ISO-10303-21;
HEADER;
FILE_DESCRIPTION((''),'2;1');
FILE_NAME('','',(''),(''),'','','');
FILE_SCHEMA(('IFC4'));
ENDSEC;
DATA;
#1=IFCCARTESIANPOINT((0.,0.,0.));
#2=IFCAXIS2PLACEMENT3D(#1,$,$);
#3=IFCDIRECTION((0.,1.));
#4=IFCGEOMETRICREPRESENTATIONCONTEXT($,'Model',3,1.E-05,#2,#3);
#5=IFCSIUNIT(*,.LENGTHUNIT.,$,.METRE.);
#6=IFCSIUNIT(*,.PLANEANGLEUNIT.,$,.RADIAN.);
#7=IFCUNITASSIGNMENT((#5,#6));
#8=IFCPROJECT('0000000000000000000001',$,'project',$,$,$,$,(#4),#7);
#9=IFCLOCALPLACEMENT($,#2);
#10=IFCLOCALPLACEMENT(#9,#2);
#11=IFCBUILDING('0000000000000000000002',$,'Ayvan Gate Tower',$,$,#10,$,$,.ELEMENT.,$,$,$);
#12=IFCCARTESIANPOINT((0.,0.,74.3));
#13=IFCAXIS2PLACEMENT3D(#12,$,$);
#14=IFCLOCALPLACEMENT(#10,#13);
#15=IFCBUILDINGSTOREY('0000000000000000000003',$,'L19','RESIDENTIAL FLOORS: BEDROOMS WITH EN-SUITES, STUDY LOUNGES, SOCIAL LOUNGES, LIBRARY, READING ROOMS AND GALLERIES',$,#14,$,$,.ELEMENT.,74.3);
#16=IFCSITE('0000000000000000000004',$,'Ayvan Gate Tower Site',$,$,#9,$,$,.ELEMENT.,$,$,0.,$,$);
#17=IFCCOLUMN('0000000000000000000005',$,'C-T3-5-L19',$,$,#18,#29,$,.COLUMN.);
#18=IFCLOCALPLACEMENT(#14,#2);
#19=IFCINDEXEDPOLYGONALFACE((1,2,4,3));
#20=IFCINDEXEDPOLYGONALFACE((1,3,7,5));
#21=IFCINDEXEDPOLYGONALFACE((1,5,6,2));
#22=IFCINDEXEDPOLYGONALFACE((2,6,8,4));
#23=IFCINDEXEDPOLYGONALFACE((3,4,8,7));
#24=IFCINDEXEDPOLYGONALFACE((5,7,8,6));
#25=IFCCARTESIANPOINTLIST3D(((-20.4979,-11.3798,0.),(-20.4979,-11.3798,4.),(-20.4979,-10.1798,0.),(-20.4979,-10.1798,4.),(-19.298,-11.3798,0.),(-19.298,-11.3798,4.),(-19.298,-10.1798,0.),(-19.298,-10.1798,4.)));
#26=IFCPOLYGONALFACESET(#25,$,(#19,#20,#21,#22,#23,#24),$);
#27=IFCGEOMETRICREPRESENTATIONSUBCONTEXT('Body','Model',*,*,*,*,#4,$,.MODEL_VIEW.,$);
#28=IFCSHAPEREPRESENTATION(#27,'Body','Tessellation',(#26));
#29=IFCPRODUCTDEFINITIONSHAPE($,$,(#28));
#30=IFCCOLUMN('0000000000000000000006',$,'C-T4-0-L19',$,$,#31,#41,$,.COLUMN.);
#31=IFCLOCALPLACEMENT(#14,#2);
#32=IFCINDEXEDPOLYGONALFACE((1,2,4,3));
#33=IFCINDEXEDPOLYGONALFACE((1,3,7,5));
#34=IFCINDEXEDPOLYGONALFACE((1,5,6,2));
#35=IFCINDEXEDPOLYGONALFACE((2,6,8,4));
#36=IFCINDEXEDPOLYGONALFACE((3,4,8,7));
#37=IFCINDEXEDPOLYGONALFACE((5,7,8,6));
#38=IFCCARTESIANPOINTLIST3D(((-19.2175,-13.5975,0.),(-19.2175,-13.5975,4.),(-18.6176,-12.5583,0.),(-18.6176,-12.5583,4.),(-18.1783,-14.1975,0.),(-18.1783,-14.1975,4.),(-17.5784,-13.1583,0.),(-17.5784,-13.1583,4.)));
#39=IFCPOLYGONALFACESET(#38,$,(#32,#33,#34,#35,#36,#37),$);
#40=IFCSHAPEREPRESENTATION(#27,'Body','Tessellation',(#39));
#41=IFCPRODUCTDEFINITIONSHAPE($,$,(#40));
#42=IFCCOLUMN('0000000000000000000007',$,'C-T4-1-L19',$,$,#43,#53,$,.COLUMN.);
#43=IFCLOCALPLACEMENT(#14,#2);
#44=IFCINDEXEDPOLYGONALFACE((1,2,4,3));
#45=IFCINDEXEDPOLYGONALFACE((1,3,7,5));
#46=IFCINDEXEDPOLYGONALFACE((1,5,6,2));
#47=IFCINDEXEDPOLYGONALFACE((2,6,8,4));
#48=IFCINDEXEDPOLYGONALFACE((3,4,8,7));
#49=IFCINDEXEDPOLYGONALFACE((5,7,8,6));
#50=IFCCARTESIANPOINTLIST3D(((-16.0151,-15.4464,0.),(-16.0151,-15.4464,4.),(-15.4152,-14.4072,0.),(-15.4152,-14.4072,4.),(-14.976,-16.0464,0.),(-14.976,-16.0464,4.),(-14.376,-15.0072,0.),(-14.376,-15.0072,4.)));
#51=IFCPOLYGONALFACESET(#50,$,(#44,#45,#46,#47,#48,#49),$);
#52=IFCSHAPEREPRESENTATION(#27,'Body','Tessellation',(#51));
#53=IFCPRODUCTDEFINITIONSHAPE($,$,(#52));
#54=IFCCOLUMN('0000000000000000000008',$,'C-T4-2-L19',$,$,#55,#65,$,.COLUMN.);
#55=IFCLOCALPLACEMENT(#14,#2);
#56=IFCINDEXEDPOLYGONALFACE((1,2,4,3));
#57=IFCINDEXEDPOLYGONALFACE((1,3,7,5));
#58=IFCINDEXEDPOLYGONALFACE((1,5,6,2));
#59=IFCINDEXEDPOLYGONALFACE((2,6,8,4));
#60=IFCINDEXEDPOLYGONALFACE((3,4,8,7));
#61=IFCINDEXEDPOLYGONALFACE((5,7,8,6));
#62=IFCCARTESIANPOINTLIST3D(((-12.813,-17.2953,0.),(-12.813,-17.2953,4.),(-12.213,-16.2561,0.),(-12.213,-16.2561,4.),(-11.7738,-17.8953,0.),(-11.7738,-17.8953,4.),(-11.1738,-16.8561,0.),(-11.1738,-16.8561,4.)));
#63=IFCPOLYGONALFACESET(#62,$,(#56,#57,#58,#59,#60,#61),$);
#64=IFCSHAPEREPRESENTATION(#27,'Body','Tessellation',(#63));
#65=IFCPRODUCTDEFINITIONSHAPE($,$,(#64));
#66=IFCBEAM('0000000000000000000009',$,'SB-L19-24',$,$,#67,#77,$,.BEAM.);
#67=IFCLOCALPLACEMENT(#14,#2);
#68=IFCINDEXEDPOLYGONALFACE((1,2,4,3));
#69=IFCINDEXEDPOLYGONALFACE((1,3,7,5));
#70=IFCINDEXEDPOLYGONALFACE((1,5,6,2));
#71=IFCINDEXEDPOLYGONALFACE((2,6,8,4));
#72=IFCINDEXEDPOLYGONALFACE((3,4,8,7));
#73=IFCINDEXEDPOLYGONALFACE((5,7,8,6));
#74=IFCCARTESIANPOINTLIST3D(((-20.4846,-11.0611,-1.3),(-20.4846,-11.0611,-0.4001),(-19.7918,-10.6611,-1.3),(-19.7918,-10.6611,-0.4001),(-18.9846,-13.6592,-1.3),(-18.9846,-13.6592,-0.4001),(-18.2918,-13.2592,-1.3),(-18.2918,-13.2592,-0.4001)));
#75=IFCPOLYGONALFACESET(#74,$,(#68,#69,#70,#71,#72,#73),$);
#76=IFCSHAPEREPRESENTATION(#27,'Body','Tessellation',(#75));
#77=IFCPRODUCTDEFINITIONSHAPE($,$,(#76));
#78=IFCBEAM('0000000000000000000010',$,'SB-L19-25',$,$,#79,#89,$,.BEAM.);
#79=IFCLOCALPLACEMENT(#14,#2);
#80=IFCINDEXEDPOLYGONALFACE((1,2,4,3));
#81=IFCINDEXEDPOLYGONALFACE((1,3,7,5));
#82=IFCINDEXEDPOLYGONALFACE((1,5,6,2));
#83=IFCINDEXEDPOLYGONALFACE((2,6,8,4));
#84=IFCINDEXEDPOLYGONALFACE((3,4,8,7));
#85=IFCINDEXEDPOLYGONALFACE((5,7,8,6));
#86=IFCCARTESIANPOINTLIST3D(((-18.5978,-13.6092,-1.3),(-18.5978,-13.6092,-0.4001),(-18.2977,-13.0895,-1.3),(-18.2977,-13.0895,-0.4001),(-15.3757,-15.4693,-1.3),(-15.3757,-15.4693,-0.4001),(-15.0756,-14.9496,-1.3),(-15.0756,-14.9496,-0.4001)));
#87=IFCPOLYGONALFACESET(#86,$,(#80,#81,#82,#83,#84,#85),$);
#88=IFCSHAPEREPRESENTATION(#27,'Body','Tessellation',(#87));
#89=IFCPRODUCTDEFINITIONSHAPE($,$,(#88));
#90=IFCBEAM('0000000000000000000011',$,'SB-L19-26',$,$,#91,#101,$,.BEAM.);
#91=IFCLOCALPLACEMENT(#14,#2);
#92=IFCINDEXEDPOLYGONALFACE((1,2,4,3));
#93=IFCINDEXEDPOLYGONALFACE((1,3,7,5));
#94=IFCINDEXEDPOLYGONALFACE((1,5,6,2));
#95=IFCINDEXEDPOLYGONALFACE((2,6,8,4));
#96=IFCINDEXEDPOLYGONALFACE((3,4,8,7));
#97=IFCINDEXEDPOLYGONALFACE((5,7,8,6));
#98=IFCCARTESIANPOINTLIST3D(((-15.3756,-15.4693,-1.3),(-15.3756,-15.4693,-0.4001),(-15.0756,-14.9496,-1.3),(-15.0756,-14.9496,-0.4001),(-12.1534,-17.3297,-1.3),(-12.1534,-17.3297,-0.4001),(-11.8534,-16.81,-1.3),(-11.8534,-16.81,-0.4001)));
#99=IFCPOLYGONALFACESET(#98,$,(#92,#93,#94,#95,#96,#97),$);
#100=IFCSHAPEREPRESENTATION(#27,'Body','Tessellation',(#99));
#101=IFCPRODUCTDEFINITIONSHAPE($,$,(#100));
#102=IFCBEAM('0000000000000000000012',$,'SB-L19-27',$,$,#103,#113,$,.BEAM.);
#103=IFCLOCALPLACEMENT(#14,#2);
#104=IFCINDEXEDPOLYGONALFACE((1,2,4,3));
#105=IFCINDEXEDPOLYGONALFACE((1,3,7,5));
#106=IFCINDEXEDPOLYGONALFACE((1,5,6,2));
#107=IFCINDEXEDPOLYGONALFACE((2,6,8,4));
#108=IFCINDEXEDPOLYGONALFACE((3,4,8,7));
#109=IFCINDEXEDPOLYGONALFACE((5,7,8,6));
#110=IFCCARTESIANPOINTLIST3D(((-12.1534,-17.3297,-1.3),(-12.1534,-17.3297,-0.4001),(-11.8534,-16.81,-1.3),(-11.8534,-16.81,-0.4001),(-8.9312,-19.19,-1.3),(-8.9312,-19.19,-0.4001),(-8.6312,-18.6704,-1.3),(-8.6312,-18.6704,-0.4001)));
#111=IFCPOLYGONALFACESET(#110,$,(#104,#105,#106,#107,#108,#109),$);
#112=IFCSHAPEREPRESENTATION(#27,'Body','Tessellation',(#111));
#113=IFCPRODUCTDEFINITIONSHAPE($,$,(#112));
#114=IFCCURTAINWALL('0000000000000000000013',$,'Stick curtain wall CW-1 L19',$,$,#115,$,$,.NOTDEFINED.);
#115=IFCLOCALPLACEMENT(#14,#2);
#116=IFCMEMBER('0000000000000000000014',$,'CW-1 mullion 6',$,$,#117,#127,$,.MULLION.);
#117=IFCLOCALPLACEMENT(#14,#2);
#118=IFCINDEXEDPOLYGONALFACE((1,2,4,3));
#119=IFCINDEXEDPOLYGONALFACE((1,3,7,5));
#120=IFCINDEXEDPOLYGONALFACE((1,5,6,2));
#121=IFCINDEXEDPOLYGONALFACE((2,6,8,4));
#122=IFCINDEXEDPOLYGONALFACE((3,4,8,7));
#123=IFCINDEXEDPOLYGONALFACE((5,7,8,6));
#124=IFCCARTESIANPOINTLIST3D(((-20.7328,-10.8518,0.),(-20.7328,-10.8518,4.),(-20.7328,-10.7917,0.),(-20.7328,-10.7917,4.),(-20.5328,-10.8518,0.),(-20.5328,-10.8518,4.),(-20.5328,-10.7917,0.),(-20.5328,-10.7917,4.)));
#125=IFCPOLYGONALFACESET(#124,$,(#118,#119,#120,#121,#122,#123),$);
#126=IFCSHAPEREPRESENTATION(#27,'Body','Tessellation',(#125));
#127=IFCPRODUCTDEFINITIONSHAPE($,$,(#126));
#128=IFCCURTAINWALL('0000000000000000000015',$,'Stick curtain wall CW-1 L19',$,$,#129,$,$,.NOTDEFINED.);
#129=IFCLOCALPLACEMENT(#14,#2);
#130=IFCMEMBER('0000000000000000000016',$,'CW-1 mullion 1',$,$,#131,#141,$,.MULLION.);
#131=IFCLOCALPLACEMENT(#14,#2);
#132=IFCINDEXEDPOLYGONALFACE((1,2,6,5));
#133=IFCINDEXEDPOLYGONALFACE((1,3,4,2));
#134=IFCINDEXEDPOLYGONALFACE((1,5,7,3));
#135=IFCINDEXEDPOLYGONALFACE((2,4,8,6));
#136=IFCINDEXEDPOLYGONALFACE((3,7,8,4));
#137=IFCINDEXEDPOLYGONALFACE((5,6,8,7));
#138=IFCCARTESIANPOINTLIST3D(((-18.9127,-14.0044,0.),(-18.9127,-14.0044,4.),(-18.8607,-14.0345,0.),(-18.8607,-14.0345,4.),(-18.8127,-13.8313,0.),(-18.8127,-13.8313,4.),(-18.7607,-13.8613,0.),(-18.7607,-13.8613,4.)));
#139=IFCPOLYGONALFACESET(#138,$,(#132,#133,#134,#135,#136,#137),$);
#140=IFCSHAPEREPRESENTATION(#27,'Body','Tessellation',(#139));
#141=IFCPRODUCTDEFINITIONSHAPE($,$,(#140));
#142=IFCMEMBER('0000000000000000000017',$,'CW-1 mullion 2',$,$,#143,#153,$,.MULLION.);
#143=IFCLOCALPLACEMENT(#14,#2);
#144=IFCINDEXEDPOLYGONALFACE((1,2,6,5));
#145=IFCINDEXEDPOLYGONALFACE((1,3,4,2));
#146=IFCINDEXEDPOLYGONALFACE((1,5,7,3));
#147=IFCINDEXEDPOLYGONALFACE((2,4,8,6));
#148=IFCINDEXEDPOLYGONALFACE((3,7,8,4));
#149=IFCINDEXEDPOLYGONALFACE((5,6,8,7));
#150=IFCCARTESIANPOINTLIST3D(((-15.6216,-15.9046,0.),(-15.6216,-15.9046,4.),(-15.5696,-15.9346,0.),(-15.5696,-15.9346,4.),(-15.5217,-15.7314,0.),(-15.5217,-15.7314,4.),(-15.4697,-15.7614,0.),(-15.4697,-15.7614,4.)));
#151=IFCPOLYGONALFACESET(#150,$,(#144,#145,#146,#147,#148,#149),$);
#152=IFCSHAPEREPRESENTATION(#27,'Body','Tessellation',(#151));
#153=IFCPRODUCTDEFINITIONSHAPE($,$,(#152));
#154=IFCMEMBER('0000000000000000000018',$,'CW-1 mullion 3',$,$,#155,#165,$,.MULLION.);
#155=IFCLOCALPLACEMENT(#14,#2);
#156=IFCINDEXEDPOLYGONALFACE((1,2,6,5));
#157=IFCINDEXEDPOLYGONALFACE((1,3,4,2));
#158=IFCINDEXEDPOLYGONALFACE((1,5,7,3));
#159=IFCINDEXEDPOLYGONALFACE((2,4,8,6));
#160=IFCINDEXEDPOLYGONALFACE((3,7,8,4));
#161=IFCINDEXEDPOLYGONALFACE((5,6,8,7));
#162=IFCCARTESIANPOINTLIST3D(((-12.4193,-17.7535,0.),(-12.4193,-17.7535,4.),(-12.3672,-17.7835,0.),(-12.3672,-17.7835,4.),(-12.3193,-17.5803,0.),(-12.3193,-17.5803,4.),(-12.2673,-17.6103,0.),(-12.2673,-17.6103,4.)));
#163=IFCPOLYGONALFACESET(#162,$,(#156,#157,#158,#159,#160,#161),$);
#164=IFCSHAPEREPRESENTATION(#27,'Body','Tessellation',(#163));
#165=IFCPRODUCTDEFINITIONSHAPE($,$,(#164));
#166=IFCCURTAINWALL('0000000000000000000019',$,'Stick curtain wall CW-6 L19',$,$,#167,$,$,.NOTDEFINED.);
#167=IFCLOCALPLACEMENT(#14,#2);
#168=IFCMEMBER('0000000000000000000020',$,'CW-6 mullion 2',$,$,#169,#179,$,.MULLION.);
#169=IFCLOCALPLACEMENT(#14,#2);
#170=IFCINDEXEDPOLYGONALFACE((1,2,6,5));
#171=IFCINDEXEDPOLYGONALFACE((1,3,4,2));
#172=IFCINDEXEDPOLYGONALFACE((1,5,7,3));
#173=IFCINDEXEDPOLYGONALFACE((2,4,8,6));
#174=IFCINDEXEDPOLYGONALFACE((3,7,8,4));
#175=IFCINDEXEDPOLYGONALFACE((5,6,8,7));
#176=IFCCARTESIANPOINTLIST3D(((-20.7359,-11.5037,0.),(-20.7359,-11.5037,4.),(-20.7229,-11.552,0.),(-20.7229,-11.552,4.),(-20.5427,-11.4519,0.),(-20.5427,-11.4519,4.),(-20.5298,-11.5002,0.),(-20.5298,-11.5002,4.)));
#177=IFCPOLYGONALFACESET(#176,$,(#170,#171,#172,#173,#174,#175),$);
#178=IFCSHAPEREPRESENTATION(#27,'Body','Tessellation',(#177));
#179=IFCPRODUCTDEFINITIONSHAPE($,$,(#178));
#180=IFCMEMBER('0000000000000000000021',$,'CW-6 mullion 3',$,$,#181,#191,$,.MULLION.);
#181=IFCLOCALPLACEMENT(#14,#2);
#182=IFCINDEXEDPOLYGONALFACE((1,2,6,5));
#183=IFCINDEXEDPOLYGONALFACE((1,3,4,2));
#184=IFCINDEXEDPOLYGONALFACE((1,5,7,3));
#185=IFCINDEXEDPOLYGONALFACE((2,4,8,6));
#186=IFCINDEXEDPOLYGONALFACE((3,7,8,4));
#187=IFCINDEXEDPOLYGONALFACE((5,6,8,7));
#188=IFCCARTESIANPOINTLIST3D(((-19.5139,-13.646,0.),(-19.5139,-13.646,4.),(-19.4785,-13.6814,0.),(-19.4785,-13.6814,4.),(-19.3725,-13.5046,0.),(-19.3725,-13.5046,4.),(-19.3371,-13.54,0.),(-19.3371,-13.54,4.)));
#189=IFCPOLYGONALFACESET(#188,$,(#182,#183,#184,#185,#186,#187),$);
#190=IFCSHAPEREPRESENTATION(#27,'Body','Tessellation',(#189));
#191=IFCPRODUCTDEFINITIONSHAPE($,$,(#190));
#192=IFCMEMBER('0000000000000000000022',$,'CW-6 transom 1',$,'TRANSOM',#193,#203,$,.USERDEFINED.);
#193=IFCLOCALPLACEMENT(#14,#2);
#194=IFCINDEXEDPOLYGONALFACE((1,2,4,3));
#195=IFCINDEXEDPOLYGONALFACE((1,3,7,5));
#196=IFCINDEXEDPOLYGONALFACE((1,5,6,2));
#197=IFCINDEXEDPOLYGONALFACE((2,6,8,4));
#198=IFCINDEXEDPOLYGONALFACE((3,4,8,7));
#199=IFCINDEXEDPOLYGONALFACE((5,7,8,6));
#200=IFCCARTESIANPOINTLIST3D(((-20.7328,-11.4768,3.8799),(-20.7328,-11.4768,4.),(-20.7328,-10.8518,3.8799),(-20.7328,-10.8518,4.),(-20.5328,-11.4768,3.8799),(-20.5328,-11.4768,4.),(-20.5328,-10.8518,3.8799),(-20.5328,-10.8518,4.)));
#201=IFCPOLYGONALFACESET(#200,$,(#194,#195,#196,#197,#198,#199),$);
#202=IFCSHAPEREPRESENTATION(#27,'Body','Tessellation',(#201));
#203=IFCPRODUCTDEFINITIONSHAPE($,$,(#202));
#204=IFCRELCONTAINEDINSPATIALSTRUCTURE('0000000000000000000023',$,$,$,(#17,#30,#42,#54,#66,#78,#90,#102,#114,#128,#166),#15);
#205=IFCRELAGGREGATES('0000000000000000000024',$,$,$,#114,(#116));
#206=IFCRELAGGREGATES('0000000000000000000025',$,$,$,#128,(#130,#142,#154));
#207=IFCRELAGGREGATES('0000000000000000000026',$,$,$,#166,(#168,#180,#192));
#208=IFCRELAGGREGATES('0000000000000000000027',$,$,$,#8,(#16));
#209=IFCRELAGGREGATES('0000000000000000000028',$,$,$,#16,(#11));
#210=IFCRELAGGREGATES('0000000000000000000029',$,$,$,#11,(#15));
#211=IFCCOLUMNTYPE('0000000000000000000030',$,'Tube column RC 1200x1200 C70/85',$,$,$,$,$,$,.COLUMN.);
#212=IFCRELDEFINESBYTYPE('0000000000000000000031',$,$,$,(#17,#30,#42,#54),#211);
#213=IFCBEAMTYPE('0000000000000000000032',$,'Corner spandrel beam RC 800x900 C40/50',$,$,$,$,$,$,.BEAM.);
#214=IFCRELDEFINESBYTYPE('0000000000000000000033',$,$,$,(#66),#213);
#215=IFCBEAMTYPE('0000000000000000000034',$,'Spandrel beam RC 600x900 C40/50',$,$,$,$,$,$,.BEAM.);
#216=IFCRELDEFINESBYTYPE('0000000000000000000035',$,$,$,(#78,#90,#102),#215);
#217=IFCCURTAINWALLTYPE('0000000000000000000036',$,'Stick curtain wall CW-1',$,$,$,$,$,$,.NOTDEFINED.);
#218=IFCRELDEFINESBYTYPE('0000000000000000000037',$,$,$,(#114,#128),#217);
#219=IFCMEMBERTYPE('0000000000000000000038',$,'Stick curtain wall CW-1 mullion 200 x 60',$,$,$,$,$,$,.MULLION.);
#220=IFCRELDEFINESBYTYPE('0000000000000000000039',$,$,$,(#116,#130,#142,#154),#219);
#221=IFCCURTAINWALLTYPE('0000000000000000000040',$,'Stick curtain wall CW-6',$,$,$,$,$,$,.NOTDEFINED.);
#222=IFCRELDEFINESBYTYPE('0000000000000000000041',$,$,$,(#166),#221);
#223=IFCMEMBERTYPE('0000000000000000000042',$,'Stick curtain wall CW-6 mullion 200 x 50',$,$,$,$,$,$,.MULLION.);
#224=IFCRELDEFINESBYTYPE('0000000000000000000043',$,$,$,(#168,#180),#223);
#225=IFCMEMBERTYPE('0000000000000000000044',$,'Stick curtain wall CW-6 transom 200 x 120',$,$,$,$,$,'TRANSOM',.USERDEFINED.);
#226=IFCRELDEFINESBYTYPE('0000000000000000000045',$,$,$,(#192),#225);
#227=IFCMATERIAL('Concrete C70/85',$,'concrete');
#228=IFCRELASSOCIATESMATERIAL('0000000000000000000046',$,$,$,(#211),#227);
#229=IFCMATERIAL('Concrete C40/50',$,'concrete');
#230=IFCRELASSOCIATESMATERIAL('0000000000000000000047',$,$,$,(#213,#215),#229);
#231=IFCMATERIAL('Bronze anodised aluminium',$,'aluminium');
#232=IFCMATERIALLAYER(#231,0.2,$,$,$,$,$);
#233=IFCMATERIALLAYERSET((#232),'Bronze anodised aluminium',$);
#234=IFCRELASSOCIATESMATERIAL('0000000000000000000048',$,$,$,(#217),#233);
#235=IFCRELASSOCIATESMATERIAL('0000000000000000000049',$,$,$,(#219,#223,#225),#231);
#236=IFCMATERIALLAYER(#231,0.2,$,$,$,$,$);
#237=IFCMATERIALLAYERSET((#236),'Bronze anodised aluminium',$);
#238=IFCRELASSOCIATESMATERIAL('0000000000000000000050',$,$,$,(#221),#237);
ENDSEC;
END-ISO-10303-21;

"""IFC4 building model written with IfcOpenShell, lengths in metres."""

from ifc_helpers import new_model, si_unit, direction, frame, origin, origin_2d, place, context, subcontext, project, spatial, rectangle, extrude, material, layer, layer_set, material_profile, profile_set, type_object, element, aggregate, save


model = new_model("IFC4")

# Units and contexts
model_context = context("Model", 3, precision=1e-05, world=origin(), true_north=direction((0.0, 1.0)))
body_context = subcontext(model_context, "Body", "Model", "MODEL_VIEW")
ifc_project = project(units=[si_unit("LENGTHUNIT", "METRE"), si_unit("PLANEANGLEUNIT", "RADIAN")], contexts=[model_context])

# Site, building, storey
site_placement = place(None, origin())
site = spatial("IfcSite", under=ifc_project, at=site_placement, Name="Ayvan Gate Tower Site", CompositionType="ELEMENT", RefElevation=0.0)
building_placement = place(site_placement, origin())
building = spatial("IfcBuilding", under=site, at=building_placement, Name="Ayvan Gate Tower", CompositionType="ELEMENT")
storey_placement = place(building_placement, frame((0.0, 0.0, 74.3)))
storey = spatial("IfcBuildingStorey", under=building, at=storey_placement, Name="L19", Description="RESIDENTIAL FLOORS: BEDROOMS WITH EN-SUITES, STUDY LOUNGES, SOCIAL LOUNGES, LIBRARY, READING ROOMS AND GALLERIES", CompositionType="ELEMENT", Elevation=74.3)

# Columns
ifc_material_1 = material(Name="Concrete C70/85", Category="concrete")
ifc_material_profile_1 = material_profile(ifc_material_1, rectangle(XDim=1.2, YDim=1.2, at=origin_2d()), Name="RC 1200x1200")
ifc_profile_set_1 = profile_set([ifc_material_profile_1], Name="Concrete C70/85")
column_type = type_object("IfcColumnType", Name="Tube column RC 1200x1200 C70/85", PredefinedType="COLUMN", material=ifc_profile_set_1)
for number, where, z_axis, x_axis, name in (
    (1, (-19.8979, -10.7798, 0.0), (0.0, 0.0, 1.0), (-1.0, 0.0, 0.0), "C-T3-5-L19"),
    (2, (-18.3979, -13.3779, 0.0), (0.0, 0.0, 1.0), (-0.5, -0.866025, 0.0), "C-T4-0-L19"),
    (3, (-15.1956, -15.2268, 0.0), (0.0, 0.0, 1.0), (-0.5, -0.866025, 0.0), "C-T4-1-L19"),
    (4, (-11.9934, -17.0757, 0.0), (0.0, 0.0, 1.0), (-0.5, -0.866025, 0.0), "C-T4-2-L19"),
):
    element("IfcColumn", number, at=place(storey_placement, frame(where, z_axis=z_axis, x_axis=x_axis)), inside=storey, type_object=column_type, Name=name, PredefinedType="COLUMN", context=body_context, shape_type="SweptSolid", body=[
        extrude(rectangle(XDim=1.2, YDim=1.2, at=origin_2d()), origin(), (0.0, 0.0, 1.0), 4.0),
    ])

# Beams
ifc_material_2 = material(Name="Concrete C40/50", Category="concrete")
ifc_material_profile_2 = material_profile(ifc_material_2, rectangle(XDim=0.8, YDim=0.8999, at=origin_2d()), Name="RC 800x900")
ifc_profile_set_2 = profile_set([ifc_material_profile_2], Name="Concrete C40/50")
beam_type_1 = type_object("IfcBeamType", Name="Corner spandrel beam RC 800x900 C40/50", PredefinedType="BEAM", material=ifc_profile_set_2)
beam_1_placement = place(storey_placement, frame((-20.1382, -10.8611, -0.8501), z_axis=(0.49999, -0.866031, 0.0), x_axis=(0.866031, 0.49999, 0.0)))
element("IfcBeam", 5, at=beam_1_placement, inside=storey, type_object=beam_type_1, Name="SB-L19-24", PredefinedType="BEAM", context=body_context, shape_type="SweptSolid", body=[
    extrude(rectangle(XDim=0.8, YDim=0.8999, at=origin_2d()), origin(), (0.0, 0.0, 1.0), 3.0),
])
ifc_material_profile_3 = material_profile(ifc_material_2, rectangle(XDim=0.6001, YDim=0.8999, at=origin_2d()), Name="RC 600x900")
ifc_profile_set_3 = profile_set([ifc_material_profile_3], Name="Concrete C40/50")
beam_type_2 = type_object("IfcBeamType", Name="Spandrel beam RC 600x900 C40/50", PredefinedType="BEAM", material=ifc_profile_set_3)
beam_2_placement = place(storey_placement, frame((-18.4478, -13.3494, -0.8501), z_axis=(0.86605, -0.499957, 0.0), x_axis=(0.499957, 0.86605, 0.0)))
element("IfcBeam", 6, at=beam_2_placement, inside=storey, type_object=beam_type_2, Name="SB-L19-25", PredefinedType="BEAM", context=body_context, shape_type="SweptSolid", body=[
    extrude(rectangle(XDim=0.6001, YDim=0.8999, at=origin_2d()), origin(), (0.0, 0.0, 1.0), 3.7205),
])
for number, where, z_axis, x_axis, name in (
    (7, (-15.2256, -15.2095, -0.8501), (0.866022, -0.500006, 0.0), (0.500006, 0.866022, 0.0), "SB-L19-26"),
    (8, (-12.0034, -17.0698, -0.8501), (0.866022, -0.500006, 0.0), (0.500006, 0.866022, 0.0), "SB-L19-27"),
):
    element("IfcBeam", number, at=place(storey_placement, frame(where, z_axis=z_axis, x_axis=x_axis)), inside=storey, type_object=beam_type_2, Name=name, PredefinedType="BEAM", context=body_context, shape_type="SweptSolid", body=[
        extrude(rectangle(XDim=0.6001, YDim=0.8999, at=origin_2d()), origin(), (0.0, 0.0, 1.0), 3.7207),
    ])

# Curtain wall, member
ifc_material_3 = material(Name="Bronze anodised aluminium", Category="aluminium")
ifc_layer_1 = layer(ifc_material_3, 0.2)
ifc_layer_set_1 = layer_set([ifc_layer_1], Name="Bronze anodised aluminium")
curtain_wall_type_1 = type_object("IfcCurtainWallType", Name="Stick curtain wall CW-1", PredefinedType="NOTDEFINED", material=ifc_layer_set_1)
curtain_wall_1_placement = place(storey_placement, origin())
curtain_wall_1 = element("IfcCurtainWall", 9, at=curtain_wall_1_placement, inside=storey, type_object=curtain_wall_type_1, Name="Stick curtain wall CW-1 L19", PredefinedType="NOTDEFINED")
ifc_material_profile_4 = material_profile(ifc_material_3, rectangle(XDim=0.2, YDim=0.0601, at=origin_2d()), Name="Stick curtain wall CW-1 mullion 200 x 60")
ifc_profile_set_4 = profile_set([ifc_material_profile_4], Name="Bronze anodised aluminium")
member_type_1 = type_object("IfcMemberType", Name="Stick curtain wall CW-1 mullion 200 x 60", PredefinedType="MULLION", material=ifc_profile_set_4)
member_1_placement = place(storey_placement, frame((-20.6328, -10.8218, 0.0), z_axis=(0.0, 0.0, 1.0), x_axis=(-1.0, 0.0, 0.0)))
member_1 = element("IfcMember", 10, at=member_1_placement, type_object=member_type_1, Name="CW-1 mullion 6", PredefinedType="MULLION", context=body_context, shape_type="SweptSolid", body=[
    extrude(rectangle(XDim=0.2, YDim=0.0601, at=origin_2d()), origin(), (0.0, 0.0, 1.0), 4.0),
])

# Curtain walls, members
curtain_wall_2_placement = place(storey_placement, origin())
curtain_wall_2 = element("IfcCurtainWall", 11, at=curtain_wall_2_placement, inside=storey, type_object=curtain_wall_type_1, Name="Stick curtain wall CW-1 L19", PredefinedType="NOTDEFINED")
member_2_placement = place(storey_placement, frame((-18.8367, -13.9329, 0.0), z_axis=(0.0, 0.0, 1.0), x_axis=(-0.5, -0.866025, 0.0)))
member_2 = element("IfcMember", 12, at=member_2_placement, type_object=member_type_1, Name="CW-1 mullion 1", PredefinedType="MULLION", context=body_context, shape_type="SweptSolid", body=[
    extrude(rectangle(XDim=0.2, YDim=0.0601, at=origin_2d()), origin(), (0.0, 0.0, 1.0), 4.0),
])
member_3_placement = place(storey_placement, frame((-15.5457, -15.833, 0.0), z_axis=(0.0, 0.0, 1.0), x_axis=(-0.5, -0.866025, 0.0)))
member_3 = element("IfcMember", 13, at=member_3_placement, type_object=member_type_1, Name="CW-1 mullion 2", PredefinedType="MULLION", context=body_context, shape_type="SweptSolid", body=[
    extrude(rectangle(XDim=0.2, YDim=0.0601, at=origin_2d()), origin(), (0.0, 0.0, 1.0), 4.0),
])
member_4_placement = place(storey_placement, frame((-12.3433, -17.6819, 0.0), z_axis=(0.0, 0.0, 1.0), x_axis=(-0.5, -0.866025, 0.0)))
member_4 = element("IfcMember", 14, at=member_4_placement, type_object=member_type_1, Name="CW-1 mullion 3", PredefinedType="MULLION", context=body_context, shape_type="SweptSolid", body=[
    extrude(rectangle(XDim=0.2, YDim=0.0601, at=origin_2d()), origin(), (0.0, 0.0, 1.0), 4.0),
])
ifc_layer_2 = layer(ifc_material_3, 0.2)
ifc_layer_set_2 = layer_set([ifc_layer_2], Name="Bronze anodised aluminium")
curtain_wall_type_2 = type_object("IfcCurtainWallType", Name="Stick curtain wall CW-6", PredefinedType="NOTDEFINED", material=ifc_layer_set_2)
curtain_wall_3_placement = place(storey_placement, origin())
curtain_wall_3 = element("IfcCurtainWall", 15, at=curtain_wall_3_placement, inside=storey, type_object=curtain_wall_type_2, Name="Stick curtain wall CW-6 L19", PredefinedType="NOTDEFINED")
ifc_material_profile_5 = material_profile(ifc_material_3, rectangle(XDim=0.2, YDim=0.05, at=origin_2d()), Name="Stick curtain wall CW-6 mullion 200 x 50")
ifc_profile_set_5 = profile_set([ifc_material_profile_5], Name="Bronze anodised aluminium")
member_type_2 = type_object("IfcMemberType", Name="Stick curtain wall CW-6 mullion 200 x 50", PredefinedType="MULLION", material=ifc_profile_set_5)
member_5_placement = place(storey_placement, frame((-20.6328, -11.502, 0.0), z_axis=(0.0, 0.0, 1.0), x_axis=(-0.965926, -0.258819, 0.0)))
member_5 = element("IfcMember", 16, at=member_5_placement, type_object=member_type_2, Name="CW-6 mullion 2", PredefinedType="MULLION", context=body_context, shape_type="SweptSolid", body=[
    extrude(rectangle(XDim=0.2, YDim=0.05, at=origin_2d()), origin(), (0.0, 0.0, 1.0), 4.0),
])
member_6_placement = place(storey_placement, frame((-19.4255, -13.593, 0.0), z_axis=(0.0, 0.0, 1.0), x_axis=(-0.707107, -0.707107, 0.0)))
member_6 = element("IfcMember", 17, at=member_6_placement, type_object=member_type_2, Name="CW-6 mullion 3", PredefinedType="MULLION", context=body_context, shape_type="SweptSolid", body=[
    extrude(rectangle(XDim=0.2, YDim=0.05, at=origin_2d()), origin(), (0.0, 0.0, 1.0), 4.0),
])
ifc_material_profile_6 = material_profile(ifc_material_3, rectangle(XDim=0.2, YDim=0.1201, at=origin_2d()), Name="Stick curtain wall CW-6 transom 200 x 120")
ifc_profile_set_6 = profile_set([ifc_material_profile_6], Name="Bronze anodised aluminium")
member_type_3 = type_object("IfcMemberType", Name="Stick curtain wall CW-6 transom 200 x 120", ElementType="TRANSOM", PredefinedType="USERDEFINED", material=ifc_profile_set_6)
member_7_placement = place(storey_placement, frame((-20.6328, -10.8518, 3.9399), z_axis=(0.0, -1.0, 0.0), x_axis=(1.0, 0.0, 0.0)))
member_7 = element("IfcMember", 18, at=member_7_placement, type_object=member_type_3, Name="CW-6 transom 1", ObjectType="TRANSOM", PredefinedType="USERDEFINED", context=body_context, shape_type="SweptSolid", body=[
    extrude(rectangle(XDim=0.2, YDim=0.1201, at=origin_2d()), origin(), (0.0, 0.0, 1.0), 0.625),
])

aggregate(curtain_wall_1, [member_1])
aggregate(curtain_wall_2, [member_2, member_3, member_4])
aggregate(curtain_wall_3, [member_5, member_6, member_7])

save(model, "model.ifc")
